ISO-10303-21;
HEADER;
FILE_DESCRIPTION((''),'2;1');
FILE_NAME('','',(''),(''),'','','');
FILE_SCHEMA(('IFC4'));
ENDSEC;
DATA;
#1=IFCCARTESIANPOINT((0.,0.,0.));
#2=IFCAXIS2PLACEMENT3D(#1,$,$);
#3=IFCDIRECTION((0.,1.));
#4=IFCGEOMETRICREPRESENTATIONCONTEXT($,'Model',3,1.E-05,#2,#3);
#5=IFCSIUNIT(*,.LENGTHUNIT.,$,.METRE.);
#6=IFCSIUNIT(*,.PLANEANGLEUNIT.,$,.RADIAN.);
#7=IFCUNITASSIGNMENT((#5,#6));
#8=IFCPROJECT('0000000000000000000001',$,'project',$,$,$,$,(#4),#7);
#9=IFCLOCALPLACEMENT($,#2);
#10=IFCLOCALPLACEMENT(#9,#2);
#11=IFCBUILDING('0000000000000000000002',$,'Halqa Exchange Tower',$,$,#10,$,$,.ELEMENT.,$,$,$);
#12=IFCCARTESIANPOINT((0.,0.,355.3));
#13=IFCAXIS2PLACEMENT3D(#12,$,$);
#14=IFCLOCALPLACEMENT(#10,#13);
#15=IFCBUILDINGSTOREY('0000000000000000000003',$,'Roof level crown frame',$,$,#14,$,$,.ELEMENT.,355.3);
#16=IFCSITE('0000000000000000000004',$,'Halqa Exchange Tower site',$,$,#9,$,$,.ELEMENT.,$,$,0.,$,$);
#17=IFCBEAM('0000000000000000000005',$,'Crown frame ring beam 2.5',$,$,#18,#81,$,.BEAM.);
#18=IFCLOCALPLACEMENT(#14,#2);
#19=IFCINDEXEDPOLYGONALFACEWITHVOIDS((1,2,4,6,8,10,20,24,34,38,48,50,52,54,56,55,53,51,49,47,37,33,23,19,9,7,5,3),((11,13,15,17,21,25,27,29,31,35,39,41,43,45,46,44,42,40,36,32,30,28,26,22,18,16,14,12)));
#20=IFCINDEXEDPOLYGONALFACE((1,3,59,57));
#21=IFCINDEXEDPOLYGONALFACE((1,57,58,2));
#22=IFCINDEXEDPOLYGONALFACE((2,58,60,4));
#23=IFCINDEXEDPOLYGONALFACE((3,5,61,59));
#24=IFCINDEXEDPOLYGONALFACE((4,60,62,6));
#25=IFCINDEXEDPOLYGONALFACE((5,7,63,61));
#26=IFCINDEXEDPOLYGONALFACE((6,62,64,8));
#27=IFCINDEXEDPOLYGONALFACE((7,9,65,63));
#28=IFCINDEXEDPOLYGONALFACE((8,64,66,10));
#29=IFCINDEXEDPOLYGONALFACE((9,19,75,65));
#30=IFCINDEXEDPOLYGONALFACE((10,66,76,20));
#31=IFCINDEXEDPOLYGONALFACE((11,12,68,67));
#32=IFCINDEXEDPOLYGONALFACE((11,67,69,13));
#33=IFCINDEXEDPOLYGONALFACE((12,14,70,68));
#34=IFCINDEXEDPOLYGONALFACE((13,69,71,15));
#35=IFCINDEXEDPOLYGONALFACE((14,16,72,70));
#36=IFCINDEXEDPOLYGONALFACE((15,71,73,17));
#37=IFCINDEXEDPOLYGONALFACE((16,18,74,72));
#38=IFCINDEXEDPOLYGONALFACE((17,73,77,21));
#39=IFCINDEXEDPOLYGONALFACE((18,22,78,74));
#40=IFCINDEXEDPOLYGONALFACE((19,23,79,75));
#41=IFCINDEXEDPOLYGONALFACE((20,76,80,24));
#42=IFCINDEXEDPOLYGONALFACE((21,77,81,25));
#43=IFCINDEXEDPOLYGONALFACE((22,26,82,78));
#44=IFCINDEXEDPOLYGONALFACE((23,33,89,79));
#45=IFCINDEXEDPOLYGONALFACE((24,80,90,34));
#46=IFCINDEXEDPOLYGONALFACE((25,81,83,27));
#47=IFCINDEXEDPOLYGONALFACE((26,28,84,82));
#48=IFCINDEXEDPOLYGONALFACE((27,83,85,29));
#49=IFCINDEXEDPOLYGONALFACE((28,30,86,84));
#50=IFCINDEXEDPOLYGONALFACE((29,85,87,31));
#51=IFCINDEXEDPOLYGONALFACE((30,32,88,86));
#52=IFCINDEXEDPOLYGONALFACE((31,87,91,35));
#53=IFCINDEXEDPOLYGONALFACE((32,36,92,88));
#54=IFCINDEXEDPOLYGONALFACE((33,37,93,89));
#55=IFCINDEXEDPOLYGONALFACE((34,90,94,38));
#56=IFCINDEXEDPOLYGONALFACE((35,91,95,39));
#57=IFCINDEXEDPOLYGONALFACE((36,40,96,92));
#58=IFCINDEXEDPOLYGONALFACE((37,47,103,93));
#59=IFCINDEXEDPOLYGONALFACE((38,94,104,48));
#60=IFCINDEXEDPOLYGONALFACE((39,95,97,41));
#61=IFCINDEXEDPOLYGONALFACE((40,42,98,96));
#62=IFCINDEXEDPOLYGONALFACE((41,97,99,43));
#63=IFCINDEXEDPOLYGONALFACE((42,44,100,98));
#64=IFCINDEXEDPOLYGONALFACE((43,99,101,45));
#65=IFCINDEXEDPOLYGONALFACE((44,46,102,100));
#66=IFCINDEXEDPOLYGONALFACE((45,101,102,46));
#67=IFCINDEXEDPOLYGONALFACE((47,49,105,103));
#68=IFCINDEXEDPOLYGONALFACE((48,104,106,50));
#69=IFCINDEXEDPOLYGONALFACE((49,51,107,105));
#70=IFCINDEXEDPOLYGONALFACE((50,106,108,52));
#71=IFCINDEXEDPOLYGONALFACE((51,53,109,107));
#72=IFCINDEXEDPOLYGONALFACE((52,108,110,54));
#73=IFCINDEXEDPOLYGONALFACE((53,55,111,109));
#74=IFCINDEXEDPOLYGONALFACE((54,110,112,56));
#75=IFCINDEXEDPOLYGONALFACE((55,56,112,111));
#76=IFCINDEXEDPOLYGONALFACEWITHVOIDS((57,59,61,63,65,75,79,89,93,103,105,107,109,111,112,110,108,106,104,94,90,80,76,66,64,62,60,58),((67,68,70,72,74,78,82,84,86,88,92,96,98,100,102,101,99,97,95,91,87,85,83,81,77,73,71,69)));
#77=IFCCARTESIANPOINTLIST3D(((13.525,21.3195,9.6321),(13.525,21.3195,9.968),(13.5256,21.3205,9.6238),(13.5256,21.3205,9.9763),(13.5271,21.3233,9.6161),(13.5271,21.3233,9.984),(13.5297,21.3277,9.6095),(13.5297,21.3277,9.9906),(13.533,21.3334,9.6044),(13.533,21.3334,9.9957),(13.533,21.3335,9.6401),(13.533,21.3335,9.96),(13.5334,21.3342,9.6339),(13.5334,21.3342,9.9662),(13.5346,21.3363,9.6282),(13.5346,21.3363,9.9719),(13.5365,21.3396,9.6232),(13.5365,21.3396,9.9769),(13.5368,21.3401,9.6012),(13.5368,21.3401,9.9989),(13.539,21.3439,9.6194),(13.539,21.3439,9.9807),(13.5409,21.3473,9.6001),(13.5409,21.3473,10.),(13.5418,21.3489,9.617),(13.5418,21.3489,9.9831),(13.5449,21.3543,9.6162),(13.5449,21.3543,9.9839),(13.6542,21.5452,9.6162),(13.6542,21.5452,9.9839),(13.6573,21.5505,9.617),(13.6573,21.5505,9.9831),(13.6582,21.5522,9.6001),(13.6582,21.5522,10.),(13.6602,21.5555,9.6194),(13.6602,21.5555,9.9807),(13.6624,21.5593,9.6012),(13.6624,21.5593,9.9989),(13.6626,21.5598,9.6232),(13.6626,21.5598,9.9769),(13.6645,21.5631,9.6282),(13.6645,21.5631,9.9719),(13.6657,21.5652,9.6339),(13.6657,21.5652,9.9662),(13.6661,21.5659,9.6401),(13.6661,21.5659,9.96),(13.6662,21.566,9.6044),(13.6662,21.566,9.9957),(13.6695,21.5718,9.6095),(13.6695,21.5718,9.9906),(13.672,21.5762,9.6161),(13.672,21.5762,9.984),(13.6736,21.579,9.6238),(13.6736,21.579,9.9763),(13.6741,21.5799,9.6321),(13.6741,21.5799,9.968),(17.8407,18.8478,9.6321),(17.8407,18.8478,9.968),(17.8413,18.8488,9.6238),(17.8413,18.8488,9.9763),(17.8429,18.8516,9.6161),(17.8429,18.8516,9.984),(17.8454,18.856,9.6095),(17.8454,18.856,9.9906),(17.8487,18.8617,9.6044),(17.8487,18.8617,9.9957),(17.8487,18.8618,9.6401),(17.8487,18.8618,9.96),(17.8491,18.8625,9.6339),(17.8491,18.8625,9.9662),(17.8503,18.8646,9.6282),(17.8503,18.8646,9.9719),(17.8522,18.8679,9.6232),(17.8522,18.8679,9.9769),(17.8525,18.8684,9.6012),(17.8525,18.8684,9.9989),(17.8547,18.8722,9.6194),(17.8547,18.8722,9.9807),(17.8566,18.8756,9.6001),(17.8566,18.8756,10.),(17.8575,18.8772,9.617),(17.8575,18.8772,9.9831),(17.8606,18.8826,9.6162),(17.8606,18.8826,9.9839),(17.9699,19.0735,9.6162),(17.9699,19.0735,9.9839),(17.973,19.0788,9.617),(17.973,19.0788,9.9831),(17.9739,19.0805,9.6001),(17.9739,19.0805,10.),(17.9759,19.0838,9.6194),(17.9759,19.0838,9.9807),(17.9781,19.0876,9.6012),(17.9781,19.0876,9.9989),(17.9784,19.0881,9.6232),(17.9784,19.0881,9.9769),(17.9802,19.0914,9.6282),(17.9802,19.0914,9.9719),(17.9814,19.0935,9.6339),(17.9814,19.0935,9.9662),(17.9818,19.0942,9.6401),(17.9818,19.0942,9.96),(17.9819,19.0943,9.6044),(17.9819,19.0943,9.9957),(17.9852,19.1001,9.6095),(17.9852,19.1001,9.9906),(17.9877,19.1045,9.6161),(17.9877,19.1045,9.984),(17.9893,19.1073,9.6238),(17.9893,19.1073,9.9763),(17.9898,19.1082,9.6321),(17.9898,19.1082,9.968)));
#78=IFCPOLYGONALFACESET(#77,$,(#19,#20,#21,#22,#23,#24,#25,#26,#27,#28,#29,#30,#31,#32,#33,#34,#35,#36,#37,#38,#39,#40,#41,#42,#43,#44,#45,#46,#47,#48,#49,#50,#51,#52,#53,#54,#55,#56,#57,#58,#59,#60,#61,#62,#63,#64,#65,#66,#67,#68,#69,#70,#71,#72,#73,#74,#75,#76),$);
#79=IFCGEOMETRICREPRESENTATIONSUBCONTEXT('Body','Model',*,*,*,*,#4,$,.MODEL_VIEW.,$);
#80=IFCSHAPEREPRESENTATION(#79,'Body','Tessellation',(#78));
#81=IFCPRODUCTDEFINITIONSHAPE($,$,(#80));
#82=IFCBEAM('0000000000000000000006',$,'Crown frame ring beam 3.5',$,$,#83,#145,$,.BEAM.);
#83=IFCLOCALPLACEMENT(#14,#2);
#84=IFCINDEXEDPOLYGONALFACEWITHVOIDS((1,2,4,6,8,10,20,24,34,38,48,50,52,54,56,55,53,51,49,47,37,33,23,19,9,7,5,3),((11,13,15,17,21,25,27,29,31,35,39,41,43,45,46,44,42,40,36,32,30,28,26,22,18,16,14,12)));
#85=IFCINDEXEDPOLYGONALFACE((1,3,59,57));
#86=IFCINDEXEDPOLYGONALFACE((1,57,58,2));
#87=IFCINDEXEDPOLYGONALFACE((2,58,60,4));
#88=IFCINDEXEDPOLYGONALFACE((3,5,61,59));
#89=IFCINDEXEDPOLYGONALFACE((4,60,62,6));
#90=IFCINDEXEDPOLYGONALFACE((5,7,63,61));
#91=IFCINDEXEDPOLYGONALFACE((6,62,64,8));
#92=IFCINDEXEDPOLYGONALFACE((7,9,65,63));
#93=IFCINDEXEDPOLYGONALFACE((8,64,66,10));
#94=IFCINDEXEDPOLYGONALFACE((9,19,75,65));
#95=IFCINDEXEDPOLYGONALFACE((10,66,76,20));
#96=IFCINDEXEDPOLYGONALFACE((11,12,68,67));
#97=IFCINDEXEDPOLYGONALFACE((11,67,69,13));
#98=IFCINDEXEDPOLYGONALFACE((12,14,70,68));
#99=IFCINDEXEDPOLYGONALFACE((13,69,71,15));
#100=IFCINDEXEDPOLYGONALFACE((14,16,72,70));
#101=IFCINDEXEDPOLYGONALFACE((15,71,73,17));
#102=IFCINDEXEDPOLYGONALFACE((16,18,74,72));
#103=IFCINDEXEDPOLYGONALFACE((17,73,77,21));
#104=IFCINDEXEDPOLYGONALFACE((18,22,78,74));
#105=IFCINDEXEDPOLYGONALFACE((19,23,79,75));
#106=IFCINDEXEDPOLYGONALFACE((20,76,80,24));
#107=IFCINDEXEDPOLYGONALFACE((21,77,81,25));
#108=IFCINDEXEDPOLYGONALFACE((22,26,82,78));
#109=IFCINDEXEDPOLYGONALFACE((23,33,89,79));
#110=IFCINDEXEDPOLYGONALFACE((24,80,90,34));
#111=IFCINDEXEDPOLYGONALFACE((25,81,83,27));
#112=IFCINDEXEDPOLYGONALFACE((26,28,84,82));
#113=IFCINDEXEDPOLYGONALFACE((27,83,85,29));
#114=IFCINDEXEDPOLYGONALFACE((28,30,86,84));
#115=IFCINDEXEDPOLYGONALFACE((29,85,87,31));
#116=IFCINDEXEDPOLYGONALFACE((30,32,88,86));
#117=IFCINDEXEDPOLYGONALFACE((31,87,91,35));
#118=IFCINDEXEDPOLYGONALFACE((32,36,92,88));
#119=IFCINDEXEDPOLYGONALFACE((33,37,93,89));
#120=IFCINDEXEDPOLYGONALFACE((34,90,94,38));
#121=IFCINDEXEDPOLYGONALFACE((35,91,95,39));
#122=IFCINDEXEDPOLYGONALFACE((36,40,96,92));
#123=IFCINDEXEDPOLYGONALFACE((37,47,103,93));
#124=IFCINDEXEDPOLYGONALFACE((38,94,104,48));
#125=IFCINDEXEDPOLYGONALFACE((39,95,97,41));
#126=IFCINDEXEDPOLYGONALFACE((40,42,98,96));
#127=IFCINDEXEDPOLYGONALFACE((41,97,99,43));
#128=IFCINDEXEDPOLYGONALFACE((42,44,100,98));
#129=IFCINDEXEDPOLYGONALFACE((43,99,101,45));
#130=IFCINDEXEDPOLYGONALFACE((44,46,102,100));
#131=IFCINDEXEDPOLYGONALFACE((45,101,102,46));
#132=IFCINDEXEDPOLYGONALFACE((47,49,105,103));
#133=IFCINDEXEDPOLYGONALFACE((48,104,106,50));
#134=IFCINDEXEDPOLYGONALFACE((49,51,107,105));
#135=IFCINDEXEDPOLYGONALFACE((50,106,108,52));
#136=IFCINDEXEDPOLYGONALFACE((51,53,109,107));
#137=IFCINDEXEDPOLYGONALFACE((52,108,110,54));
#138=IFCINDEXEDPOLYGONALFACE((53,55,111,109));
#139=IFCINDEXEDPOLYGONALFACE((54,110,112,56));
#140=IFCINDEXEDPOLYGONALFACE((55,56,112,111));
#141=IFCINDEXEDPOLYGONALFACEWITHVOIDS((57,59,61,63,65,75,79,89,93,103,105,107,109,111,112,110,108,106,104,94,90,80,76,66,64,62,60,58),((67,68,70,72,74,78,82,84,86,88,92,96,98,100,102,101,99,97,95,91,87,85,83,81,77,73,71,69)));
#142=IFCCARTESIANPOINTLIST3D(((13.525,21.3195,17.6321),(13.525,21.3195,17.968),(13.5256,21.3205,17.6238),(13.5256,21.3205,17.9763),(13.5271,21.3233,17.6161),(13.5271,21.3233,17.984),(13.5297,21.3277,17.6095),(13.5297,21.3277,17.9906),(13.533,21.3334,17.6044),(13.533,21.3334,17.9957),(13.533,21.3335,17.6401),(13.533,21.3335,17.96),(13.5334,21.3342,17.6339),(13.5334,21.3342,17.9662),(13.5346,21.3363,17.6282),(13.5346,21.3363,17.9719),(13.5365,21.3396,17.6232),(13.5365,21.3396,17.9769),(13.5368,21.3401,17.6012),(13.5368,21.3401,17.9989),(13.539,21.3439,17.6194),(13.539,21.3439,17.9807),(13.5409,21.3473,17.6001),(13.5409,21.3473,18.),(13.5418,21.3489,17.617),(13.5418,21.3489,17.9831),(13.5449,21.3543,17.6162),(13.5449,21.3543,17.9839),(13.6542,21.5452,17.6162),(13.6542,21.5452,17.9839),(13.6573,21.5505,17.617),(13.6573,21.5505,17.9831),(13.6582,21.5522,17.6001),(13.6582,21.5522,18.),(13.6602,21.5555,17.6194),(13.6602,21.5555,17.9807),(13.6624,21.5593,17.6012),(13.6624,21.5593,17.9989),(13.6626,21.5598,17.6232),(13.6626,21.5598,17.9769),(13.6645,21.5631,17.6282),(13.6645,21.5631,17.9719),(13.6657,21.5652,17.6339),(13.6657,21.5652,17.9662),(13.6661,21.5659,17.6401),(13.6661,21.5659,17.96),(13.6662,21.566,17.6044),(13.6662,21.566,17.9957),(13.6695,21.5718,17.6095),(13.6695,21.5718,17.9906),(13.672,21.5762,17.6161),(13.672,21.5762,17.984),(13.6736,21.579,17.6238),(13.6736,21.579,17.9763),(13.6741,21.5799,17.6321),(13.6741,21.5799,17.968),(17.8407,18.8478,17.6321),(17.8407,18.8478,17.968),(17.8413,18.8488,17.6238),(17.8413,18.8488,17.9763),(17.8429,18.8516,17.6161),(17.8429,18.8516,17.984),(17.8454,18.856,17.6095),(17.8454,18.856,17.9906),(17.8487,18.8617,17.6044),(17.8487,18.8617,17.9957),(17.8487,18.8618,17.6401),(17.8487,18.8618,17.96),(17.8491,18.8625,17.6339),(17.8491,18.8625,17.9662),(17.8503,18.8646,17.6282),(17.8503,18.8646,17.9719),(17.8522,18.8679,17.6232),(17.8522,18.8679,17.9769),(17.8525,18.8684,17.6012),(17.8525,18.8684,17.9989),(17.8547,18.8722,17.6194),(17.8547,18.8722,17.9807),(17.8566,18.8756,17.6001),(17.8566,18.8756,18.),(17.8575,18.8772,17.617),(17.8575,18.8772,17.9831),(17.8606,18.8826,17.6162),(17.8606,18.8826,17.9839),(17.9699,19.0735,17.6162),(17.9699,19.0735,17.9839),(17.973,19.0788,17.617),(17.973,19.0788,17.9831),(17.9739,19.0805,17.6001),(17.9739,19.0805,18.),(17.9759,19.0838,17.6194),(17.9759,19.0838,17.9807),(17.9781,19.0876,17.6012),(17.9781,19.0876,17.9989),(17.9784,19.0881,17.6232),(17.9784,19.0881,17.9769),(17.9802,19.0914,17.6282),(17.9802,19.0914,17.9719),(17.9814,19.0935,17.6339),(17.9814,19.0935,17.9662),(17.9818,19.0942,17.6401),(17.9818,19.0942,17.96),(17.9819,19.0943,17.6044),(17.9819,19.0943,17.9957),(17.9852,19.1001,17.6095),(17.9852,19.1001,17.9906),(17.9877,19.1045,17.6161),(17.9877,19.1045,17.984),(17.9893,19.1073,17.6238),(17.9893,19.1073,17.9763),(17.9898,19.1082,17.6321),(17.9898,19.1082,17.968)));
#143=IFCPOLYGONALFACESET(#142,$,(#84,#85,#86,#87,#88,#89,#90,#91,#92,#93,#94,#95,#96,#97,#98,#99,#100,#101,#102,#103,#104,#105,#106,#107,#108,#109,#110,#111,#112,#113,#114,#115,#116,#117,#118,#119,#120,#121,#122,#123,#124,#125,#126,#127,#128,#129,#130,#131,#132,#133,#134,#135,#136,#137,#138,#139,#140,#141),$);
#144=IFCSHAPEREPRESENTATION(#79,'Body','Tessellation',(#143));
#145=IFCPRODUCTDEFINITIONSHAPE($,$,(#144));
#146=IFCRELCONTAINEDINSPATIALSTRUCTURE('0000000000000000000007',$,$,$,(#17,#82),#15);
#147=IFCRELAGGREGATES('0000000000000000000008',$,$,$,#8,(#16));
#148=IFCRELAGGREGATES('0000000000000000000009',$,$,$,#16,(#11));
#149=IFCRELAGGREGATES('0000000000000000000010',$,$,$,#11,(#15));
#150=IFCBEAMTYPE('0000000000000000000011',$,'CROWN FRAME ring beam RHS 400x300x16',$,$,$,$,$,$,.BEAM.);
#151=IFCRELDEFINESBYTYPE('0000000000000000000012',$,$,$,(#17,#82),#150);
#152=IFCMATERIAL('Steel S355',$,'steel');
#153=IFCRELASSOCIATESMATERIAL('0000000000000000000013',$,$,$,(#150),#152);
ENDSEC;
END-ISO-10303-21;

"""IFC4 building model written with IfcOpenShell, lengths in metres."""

from ifc_helpers import new_model, si_unit, direction, frame, origin, origin_2d, place, context, subcontext, project, spatial, hollow_rectangle, extrude, material, material_profile, profile_set, type_object, element, save


model = new_model("IFC4")

# Units and contexts
model_context = context("Model", 3, precision=1e-05, world=origin(), true_north=direction((0.0, 1.0)))
body_context = subcontext(model_context, "Body", "Model", "MODEL_VIEW")
ifc_project = project(units=[si_unit("LENGTHUNIT", "METRE"), si_unit("PLANEANGLEUNIT", "RADIAN")], contexts=[model_context])

# Site, building, storey
site_placement = place(None, origin())
site = spatial("IfcSite", under=ifc_project, at=site_placement, Name="Halqa Exchange Tower site", CompositionType="ELEMENT", RefElevation=0.0)
building_placement = place(site_placement, origin())
building = spatial("IfcBuilding", under=site, at=building_placement, Name="Halqa Exchange Tower", CompositionType="ELEMENT")
storey_placement = place(building_placement, frame((0.0, 0.0, 355.3)))
storey = spatial("IfcBuildingStorey", under=building, at=storey_placement, Name="Roof level crown frame", CompositionType="ELEMENT", Elevation=355.3)

# Shared definitions
ifc_material_1 = material(Name="Steel S355", Category="steel")

# Beams
ifc_material_profile_1 = material_profile(ifc_material_1, hollow_rectangle(XDim=0.3, YDim=0.3999, WallThickness=0.0161, InnerFilletRadius=0.0239, OuterFilletRadius=0.032, at=origin_2d()), Name="RHS 400x300x16")
ifc_profile_set_1 = profile_set([ifc_material_profile_1], Name="Steel S355")
beam_type_1 = type_object("IfcBeamType", Name="CROWN FRAME ring beam RHS 400x300x16", PredefinedType="BEAM", material=ifc_profile_set_1)
for number, where, z_axis, x_axis, name in (
    (1, (17.9153, 18.978, 9.8), (-0.867759, 0.496985, 0.0), (-0.496985, -0.867759, 0.0), "Crown frame ring beam 2.5"),
    (2, (17.9153, 18.978, 17.8), (-0.867759, 0.496985, 0.0), (-0.496985, -0.867759, 0.0), "Crown frame ring beam 3.5"),
):
    element("IfcBeam", number, at=place(storey_placement, frame(where, z_axis=z_axis, x_axis=x_axis)), inside=storey, type_object=beam_type_1, Name=name, PredefinedType="BEAM", context=body_context, shape_type="SweptSolid", body=[
        extrude(hollow_rectangle(XDim=0.3, YDim=0.3999, WallThickness=0.0161, InnerFilletRadius=0.0239, OuterFilletRadius=0.032, at=origin_2d()), origin(), (0.0, 0.0, 1.0), 4.9734),
    ])

save(model, "model.ifc")
